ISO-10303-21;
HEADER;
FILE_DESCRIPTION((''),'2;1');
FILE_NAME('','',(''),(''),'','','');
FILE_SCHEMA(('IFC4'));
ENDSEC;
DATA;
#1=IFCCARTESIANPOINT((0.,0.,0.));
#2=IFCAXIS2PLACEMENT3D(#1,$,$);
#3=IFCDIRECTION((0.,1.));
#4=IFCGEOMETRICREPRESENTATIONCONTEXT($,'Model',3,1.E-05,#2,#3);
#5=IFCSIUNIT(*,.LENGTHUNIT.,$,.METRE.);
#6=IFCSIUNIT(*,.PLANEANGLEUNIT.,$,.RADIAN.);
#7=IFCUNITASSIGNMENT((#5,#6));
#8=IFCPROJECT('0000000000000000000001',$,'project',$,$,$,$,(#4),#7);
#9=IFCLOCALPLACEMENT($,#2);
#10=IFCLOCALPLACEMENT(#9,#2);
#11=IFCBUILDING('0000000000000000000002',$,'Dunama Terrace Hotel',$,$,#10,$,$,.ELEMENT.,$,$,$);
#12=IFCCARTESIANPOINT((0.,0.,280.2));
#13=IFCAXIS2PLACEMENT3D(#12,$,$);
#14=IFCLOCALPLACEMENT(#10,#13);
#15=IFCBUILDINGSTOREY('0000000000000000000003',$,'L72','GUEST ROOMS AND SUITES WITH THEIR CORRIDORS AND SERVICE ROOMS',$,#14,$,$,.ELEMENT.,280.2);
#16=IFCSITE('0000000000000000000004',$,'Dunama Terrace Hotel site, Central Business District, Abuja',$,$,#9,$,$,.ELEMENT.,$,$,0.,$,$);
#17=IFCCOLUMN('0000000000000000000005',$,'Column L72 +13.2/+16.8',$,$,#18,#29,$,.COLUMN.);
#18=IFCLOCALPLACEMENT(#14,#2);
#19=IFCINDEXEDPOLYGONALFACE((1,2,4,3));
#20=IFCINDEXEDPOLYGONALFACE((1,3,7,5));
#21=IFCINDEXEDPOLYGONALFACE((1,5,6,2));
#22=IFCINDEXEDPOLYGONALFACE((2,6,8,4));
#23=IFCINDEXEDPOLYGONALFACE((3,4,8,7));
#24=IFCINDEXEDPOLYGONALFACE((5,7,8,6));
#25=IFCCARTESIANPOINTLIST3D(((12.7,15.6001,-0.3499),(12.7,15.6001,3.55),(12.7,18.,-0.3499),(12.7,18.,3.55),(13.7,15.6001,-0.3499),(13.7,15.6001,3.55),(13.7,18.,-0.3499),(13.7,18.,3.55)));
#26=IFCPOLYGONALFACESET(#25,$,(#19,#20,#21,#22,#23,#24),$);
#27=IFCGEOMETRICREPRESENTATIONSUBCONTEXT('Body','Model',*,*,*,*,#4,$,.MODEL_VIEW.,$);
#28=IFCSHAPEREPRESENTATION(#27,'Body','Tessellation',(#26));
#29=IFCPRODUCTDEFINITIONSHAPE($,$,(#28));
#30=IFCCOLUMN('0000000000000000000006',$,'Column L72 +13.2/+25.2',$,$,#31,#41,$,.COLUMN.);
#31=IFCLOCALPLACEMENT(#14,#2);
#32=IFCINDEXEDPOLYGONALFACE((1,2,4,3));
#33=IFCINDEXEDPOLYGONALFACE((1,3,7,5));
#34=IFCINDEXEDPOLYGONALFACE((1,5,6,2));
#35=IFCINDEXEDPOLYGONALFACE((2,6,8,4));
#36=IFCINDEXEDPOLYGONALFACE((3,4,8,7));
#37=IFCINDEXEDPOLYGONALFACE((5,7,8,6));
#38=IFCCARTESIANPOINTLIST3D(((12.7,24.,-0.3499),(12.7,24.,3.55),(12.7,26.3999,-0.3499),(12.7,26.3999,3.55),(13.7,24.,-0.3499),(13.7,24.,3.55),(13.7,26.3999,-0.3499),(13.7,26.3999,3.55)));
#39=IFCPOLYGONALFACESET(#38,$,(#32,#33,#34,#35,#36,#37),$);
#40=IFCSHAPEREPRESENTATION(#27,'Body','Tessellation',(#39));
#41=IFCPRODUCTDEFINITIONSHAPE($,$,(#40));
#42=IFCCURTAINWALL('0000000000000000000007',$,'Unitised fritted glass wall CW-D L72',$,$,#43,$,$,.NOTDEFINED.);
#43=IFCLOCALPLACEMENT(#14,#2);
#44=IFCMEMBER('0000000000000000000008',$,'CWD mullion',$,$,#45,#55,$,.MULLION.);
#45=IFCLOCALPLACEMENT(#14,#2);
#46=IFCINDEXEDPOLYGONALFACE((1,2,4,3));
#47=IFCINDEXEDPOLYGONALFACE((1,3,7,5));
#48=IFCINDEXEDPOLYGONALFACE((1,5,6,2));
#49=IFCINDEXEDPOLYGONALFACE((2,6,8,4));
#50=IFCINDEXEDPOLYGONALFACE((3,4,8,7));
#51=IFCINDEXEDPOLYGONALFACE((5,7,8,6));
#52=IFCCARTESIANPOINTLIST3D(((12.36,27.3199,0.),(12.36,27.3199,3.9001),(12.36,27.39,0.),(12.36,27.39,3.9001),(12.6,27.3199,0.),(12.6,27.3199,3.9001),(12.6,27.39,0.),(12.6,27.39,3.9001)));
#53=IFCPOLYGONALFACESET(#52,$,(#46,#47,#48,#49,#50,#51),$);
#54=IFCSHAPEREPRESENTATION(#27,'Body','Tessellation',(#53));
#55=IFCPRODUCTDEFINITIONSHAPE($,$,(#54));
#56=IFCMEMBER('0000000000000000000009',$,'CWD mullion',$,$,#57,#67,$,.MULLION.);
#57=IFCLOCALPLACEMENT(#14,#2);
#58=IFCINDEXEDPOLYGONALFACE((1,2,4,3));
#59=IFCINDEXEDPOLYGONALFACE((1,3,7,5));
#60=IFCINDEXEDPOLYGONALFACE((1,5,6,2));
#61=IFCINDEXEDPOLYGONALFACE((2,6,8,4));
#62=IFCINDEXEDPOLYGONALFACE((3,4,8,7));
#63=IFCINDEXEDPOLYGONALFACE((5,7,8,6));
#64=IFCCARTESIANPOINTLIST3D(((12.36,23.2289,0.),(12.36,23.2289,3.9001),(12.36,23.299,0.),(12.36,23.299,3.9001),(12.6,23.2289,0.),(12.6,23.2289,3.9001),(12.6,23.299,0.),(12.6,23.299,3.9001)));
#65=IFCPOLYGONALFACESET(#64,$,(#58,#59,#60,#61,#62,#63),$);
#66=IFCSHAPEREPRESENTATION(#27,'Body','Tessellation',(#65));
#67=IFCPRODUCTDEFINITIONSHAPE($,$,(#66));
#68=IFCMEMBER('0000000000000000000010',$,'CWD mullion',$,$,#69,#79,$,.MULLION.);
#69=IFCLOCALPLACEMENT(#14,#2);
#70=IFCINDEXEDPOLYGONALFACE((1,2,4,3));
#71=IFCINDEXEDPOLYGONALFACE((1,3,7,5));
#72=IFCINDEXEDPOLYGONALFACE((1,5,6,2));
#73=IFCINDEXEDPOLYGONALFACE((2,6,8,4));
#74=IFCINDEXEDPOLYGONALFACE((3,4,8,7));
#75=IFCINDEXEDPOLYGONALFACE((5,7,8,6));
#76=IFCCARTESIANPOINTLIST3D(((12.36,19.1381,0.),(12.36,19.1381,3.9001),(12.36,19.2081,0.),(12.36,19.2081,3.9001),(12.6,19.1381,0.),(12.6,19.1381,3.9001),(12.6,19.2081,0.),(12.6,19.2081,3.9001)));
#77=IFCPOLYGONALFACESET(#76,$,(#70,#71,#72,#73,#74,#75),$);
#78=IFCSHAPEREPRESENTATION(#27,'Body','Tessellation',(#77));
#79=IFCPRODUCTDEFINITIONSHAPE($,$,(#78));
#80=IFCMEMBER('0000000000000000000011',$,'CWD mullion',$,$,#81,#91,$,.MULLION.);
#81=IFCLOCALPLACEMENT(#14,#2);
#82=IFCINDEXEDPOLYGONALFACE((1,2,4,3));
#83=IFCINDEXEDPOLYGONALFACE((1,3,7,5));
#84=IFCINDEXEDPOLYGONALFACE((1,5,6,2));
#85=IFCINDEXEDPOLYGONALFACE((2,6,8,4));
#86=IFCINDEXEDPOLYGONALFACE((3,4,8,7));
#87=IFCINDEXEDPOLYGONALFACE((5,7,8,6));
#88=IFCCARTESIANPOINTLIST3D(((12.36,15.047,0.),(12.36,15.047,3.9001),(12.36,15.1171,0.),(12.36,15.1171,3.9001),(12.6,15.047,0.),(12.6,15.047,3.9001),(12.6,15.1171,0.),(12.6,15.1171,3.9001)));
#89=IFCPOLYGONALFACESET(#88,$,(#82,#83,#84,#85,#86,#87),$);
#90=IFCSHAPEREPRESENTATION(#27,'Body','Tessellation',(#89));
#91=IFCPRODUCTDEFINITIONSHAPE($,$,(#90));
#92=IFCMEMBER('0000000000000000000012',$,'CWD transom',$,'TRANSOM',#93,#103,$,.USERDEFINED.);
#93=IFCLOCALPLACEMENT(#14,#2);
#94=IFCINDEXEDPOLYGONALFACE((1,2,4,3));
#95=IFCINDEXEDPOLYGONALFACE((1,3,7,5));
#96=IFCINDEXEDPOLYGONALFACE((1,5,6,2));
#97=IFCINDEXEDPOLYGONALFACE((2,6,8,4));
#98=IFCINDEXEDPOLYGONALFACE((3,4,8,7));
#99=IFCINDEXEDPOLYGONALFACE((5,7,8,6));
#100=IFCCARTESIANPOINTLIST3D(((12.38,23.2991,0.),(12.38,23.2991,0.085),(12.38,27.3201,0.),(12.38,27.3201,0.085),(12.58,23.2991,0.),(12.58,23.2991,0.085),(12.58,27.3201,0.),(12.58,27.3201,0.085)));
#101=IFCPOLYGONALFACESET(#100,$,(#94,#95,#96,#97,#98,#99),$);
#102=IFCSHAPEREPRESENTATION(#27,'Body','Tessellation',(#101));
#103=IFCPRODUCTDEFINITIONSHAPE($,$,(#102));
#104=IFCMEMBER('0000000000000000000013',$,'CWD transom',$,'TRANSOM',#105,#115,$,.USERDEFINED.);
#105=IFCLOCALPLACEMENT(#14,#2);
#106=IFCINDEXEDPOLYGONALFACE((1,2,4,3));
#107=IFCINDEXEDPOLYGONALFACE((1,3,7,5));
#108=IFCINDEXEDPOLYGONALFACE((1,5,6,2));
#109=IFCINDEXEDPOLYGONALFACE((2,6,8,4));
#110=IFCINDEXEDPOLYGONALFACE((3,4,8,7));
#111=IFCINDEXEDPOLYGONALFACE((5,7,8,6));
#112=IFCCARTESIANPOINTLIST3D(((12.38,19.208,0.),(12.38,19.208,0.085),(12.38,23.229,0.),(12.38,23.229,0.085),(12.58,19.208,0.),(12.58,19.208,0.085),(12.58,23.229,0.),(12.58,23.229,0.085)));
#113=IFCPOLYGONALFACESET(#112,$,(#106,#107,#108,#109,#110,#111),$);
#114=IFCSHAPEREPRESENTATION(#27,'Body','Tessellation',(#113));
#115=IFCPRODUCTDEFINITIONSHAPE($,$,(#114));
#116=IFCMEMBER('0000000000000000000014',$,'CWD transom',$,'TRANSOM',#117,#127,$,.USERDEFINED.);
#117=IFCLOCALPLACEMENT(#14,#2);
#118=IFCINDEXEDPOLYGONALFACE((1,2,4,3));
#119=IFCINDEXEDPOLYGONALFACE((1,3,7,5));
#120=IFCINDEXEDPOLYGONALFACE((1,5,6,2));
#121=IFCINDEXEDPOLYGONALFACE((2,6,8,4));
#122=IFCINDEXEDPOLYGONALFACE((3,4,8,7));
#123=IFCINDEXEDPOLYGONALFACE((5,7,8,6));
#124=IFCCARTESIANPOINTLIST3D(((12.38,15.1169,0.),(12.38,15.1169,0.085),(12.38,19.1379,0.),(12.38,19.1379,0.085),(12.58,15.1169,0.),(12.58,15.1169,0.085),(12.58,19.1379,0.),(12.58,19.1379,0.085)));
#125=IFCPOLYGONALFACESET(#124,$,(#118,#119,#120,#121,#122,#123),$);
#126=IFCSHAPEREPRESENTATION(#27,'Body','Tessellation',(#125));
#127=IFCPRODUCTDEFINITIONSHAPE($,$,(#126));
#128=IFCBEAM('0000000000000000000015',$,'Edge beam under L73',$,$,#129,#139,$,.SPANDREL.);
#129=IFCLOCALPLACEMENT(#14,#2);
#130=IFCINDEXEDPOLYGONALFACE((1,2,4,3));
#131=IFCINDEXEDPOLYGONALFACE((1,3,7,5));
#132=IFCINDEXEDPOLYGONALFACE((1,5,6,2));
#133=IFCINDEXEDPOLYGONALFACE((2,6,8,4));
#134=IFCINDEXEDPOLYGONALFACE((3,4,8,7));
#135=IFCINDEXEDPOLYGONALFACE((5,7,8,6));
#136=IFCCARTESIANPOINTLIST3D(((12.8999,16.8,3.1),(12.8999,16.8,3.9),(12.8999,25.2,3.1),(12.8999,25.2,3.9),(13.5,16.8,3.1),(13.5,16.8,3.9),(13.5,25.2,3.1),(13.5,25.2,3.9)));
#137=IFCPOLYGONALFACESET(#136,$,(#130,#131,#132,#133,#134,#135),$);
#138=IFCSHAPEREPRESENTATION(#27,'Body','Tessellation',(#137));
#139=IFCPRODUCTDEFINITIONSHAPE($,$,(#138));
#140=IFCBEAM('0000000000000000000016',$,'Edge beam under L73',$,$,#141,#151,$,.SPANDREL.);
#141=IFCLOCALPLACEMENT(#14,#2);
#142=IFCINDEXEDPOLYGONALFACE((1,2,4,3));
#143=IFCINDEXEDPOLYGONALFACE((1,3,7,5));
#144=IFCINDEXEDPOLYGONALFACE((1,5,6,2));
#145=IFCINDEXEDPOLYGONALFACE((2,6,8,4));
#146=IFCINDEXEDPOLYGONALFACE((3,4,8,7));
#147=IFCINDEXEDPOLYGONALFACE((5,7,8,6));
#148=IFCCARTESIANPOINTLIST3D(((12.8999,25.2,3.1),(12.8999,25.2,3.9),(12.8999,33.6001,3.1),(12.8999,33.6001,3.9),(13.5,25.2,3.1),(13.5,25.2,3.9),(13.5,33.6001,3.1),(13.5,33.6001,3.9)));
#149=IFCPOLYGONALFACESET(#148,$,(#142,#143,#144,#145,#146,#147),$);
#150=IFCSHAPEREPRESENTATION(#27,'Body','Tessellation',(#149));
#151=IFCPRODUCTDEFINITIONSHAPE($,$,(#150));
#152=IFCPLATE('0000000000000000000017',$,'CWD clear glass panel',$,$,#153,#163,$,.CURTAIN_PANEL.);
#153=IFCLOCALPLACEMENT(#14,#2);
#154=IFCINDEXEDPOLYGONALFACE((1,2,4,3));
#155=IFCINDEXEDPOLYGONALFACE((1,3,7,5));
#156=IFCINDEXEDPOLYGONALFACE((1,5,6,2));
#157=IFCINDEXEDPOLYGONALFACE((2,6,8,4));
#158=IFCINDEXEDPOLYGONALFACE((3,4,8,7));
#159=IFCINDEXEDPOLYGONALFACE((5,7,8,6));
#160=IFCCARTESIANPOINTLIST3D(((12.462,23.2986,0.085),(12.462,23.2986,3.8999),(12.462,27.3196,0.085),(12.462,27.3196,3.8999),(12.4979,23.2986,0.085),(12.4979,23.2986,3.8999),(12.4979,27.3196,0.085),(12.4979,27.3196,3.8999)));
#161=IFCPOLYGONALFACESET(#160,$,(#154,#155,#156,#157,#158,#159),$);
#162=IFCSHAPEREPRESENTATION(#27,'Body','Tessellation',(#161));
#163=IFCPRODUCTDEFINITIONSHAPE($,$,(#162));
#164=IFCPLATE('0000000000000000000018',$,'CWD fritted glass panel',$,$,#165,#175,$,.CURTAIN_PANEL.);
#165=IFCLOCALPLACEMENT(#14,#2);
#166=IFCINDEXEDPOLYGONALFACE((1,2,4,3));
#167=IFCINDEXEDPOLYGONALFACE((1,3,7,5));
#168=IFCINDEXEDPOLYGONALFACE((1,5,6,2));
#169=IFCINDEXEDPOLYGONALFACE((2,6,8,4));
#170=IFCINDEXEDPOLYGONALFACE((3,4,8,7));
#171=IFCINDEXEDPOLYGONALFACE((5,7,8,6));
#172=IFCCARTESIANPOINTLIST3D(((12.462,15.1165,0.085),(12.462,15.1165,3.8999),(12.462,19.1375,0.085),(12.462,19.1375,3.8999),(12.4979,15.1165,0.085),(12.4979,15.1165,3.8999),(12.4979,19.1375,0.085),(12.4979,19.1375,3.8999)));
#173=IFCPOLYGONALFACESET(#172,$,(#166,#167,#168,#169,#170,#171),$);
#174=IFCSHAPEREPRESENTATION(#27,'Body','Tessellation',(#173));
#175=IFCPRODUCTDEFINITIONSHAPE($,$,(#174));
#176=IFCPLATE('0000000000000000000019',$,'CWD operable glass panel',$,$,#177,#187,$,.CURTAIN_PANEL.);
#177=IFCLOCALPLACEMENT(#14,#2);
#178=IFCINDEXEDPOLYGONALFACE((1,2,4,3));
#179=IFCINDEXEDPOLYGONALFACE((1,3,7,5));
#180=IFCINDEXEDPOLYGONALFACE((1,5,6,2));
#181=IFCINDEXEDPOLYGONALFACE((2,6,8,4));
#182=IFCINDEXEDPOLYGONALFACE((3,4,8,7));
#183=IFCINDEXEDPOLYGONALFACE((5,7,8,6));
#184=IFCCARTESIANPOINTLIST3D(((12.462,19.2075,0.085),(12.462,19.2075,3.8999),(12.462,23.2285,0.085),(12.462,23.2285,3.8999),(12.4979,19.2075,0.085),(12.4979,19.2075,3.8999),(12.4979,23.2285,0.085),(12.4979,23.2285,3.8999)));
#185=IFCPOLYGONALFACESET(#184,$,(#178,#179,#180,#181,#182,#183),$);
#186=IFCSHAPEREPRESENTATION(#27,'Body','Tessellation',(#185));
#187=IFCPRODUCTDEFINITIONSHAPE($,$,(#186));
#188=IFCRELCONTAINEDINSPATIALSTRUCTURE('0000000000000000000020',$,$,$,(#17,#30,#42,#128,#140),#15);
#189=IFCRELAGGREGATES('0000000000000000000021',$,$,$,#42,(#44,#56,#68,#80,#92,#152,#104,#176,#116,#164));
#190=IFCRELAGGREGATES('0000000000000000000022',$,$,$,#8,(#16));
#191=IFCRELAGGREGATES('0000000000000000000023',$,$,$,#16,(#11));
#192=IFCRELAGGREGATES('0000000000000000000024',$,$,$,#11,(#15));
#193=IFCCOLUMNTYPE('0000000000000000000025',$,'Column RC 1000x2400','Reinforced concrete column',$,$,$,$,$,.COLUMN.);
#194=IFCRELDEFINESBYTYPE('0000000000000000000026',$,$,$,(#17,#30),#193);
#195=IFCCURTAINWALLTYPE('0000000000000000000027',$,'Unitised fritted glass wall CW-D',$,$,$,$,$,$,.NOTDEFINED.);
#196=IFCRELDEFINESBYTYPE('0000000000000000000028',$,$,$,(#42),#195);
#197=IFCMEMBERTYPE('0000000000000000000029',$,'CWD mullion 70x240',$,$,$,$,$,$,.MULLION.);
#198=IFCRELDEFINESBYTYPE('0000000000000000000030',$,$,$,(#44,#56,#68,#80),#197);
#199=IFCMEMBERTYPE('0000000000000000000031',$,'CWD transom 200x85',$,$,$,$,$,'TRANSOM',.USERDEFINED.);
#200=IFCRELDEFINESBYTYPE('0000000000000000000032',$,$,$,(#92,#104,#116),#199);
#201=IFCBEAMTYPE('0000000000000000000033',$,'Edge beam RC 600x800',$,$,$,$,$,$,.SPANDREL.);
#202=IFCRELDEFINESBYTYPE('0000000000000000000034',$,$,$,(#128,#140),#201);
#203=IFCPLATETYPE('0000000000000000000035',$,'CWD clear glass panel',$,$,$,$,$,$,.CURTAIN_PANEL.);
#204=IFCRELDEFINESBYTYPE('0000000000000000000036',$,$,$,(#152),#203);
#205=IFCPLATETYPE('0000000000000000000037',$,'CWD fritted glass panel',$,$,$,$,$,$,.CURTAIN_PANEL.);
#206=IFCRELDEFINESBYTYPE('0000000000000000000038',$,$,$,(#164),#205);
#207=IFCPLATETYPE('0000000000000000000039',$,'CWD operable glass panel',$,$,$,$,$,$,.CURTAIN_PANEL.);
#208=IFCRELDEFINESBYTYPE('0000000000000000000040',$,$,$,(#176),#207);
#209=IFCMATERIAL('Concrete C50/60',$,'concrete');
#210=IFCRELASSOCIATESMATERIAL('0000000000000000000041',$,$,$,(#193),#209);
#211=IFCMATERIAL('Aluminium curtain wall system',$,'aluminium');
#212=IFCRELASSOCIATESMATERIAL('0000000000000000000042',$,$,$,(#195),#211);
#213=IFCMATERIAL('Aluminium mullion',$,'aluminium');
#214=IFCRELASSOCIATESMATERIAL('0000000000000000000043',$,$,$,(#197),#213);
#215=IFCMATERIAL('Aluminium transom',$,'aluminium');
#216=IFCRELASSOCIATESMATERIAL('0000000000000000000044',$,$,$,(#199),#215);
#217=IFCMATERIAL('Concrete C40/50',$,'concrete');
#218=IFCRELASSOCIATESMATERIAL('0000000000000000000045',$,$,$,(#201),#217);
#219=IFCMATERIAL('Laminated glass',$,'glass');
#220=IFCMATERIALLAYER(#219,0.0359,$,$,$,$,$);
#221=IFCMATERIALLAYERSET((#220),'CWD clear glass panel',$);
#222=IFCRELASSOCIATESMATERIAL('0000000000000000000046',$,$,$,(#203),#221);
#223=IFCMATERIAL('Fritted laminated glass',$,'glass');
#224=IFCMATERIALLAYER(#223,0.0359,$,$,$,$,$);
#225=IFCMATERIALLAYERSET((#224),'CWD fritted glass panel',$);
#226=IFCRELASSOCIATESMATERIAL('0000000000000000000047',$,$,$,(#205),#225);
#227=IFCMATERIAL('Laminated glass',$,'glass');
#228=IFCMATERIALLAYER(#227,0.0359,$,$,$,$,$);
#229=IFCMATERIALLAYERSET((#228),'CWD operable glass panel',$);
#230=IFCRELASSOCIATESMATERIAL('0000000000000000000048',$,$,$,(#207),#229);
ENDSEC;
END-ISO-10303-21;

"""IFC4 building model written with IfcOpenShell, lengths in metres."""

from ifc_helpers import new_model, si_unit, direction, frame, origin, origin_2d, place, context, subcontext, project, spatial, rectangle, extrude, material, layer, layer_set, material_profile, profile_set, type_object, element, aggregate, save


model = new_model("IFC4")

# Units and contexts
model_context = context("Model", 3, precision=1e-05, world=origin(), true_north=direction((0.0, 1.0)))
body_context = subcontext(model_context, "Body", "Model", "MODEL_VIEW")
ifc_project = project(units=[si_unit("LENGTHUNIT", "METRE"), si_unit("PLANEANGLEUNIT", "RADIAN")], contexts=[model_context])

# Site, building, storey
site_placement = place(None, origin())
site = spatial("IfcSite", under=ifc_project, at=site_placement, Name="Dunama Terrace Hotel site, Central Business District, Abuja", CompositionType="ELEMENT", RefElevation=0.0)
building_placement = place(site_placement, origin())
building = spatial("IfcBuilding", under=site, at=building_placement, Name="Dunama Terrace Hotel", CompositionType="ELEMENT")
storey_placement = place(building_placement, frame((0.0, 0.0, 280.2)))
storey = spatial("IfcBuildingStorey", under=building, at=storey_placement, Name="L72", Description="GUEST ROOMS AND SUITES WITH THEIR CORRIDORS AND SERVICE ROOMS", CompositionType="ELEMENT", Elevation=280.2)

# Columns
ifc_material_1 = material(Name="Concrete C50/60", Category="concrete")
ifc_material_profile_1 = material_profile(ifc_material_1, rectangle(XDim=1.0, YDim=2.3999, at=origin_2d()), Name="RC 1000x2400")
ifc_profile_set_1 = profile_set([ifc_material_profile_1], Name="Concrete C50/60")
column_type = type_object("IfcColumnType", Name="Column RC 1000x2400", Description="Reinforced concrete column", PredefinedType="COLUMN", material=ifc_profile_set_1)
for number, where, z_axis, x_axis, name in (
    (1, (13.2, 16.8, -0.3499), (0.0, 0.0, 1.0), (1.0, 0.0, 0.0), "Column L72 +13.2/+16.8"),
    (2, (13.2, 25.2, -0.3499), (0.0, 0.0, 1.0), (1.0, 0.0, 0.0), "Column L72 +13.2/+25.2"),
):
    element("IfcColumn", number, at=place(storey_placement, frame(where, z_axis=z_axis, x_axis=x_axis)), inside=storey, type_object=column_type, Name=name, PredefinedType="COLUMN", context=body_context, shape_type="SweptSolid", body=[
        extrude(rectangle(XDim=1.0, YDim=2.3999, at=origin_2d()), origin(), (0.0, 0.0, 1.0), 3.8999),
    ])

# Curtain wall, members
ifc_material_2 = material(Name="Aluminium curtain wall system", Category="aluminium")
curtain_wall_type = type_object("IfcCurtainWallType", Name="Unitised fritted glass wall CW-D", PredefinedType="NOTDEFINED", material=ifc_material_2)
curtain_wall_placement = place(storey_placement, origin())
curtain_wall = element("IfcCurtainWall", 3, at=curtain_wall_placement, inside=storey, type_object=curtain_wall_type, Name="Unitised fritted glass wall CW-D L72", PredefinedType="NOTDEFINED")
ifc_material_3 = material(Name="Aluminium mullion", Category="aluminium")
ifc_material_profile_2 = material_profile(ifc_material_3, rectangle(XDim=0.0701, YDim=0.24, at=origin_2d()), Name="CWD MULLION 70X240")
ifc_profile_set_2 = profile_set([ifc_material_profile_2], Name="Aluminium mullion")
member_type_1 = type_object("IfcMemberType", Name="CWD mullion 70x240", PredefinedType="MULLION", material=ifc_profile_set_2)
member_1_placement = place(storey_placement, frame((12.48, 27.355, 0.0), z_axis=(0.0, 0.0, 1.0), x_axis=(0.0, -1.0, 0.0)))
member_1 = element("IfcMember", 4, at=member_1_placement, type_object=member_type_1, Name="CWD mullion", PredefinedType="MULLION", context=body_context, shape_type="SweptSolid", body=[
    extrude(rectangle(XDim=0.0701, YDim=0.24, at=origin_2d()), origin(), (0.0, 0.0, 1.0), 3.9001),
])
member_2_placement = place(storey_placement, frame((12.48, 23.2639, 0.0), z_axis=(0.0, 0.0, 1.0), x_axis=(0.0, -1.0, 0.0)))
member_2 = element("IfcMember", 5, at=member_2_placement, type_object=member_type_1, Name="CWD mullion", PredefinedType="MULLION", context=body_context, shape_type="SweptSolid", body=[
    extrude(rectangle(XDim=0.0701, YDim=0.24, at=origin_2d()), origin(), (0.0, 0.0, 1.0), 3.9001),
])
member_3_placement = place(storey_placement, frame((12.48, 19.1731, 0.0), z_axis=(0.0, 0.0, 1.0), x_axis=(0.0, -1.0, 0.0)))
member_3 = element("IfcMember", 6, at=member_3_placement, type_object=member_type_1, Name="CWD mullion", PredefinedType="MULLION", context=body_context, shape_type="SweptSolid", body=[
    extrude(rectangle(XDim=0.0701, YDim=0.24, at=origin_2d()), origin(), (0.0, 0.0, 1.0), 3.9001),
])
member_4_placement = place(storey_placement, frame((12.48, 15.082, 0.0), z_axis=(0.0, 0.0, 1.0), x_axis=(0.0, -1.0, 0.0)))
member_4 = element("IfcMember", 7, at=member_4_placement, type_object=member_type_1, Name="CWD mullion", PredefinedType="MULLION", context=body_context, shape_type="SweptSolid", body=[
    extrude(rectangle(XDim=0.0701, YDim=0.24, at=origin_2d()), origin(), (0.0, 0.0, 1.0), 3.9001),
])
ifc_material_4 = material(Name="Aluminium transom", Category="aluminium")
ifc_material_profile_3 = material_profile(ifc_material_4, rectangle(XDim=0.2, YDim=0.085, at=origin_2d()), Name="CWD TRANSOM 200X85")
ifc_profile_set_3 = profile_set([ifc_material_profile_3], Name="Aluminium transom")
member_type_2 = type_object("IfcMemberType", Name="CWD transom 200x85", ElementType="TRANSOM", PredefinedType="USERDEFINED", material=ifc_profile_set_3)
member_5_placement = place(storey_placement, frame((12.48, 27.3201, 0.0425), z_axis=(0.0, -1.0, 0.0), x_axis=(1.0, 0.0, 0.0)))
member_5 = element("IfcMember", 8, at=member_5_placement, type_object=member_type_2, Name="CWD transom", ObjectType="TRANSOM", PredefinedType="USERDEFINED", context=body_context, shape_type="SweptSolid", body=[
    extrude(rectangle(XDim=0.2, YDim=0.085, at=origin_2d()), origin(), (0.0, 0.0, 1.0), 4.021),
])
member_6_placement = place(storey_placement, frame((12.48, 23.229, 0.0425), z_axis=(0.0, -1.0, 0.0), x_axis=(1.0, 0.0, 0.0)))
member_6 = element("IfcMember", 9, at=member_6_placement, type_object=member_type_2, Name="CWD transom", ObjectType="TRANSOM", PredefinedType="USERDEFINED", context=body_context, shape_type="SweptSolid", body=[
    extrude(rectangle(XDim=0.2, YDim=0.085, at=origin_2d()), origin(), (0.0, 0.0, 1.0), 4.021),
])
member_7_placement = place(storey_placement, frame((12.48, 19.1379, 0.0425), z_axis=(0.0, -1.0, 0.0), x_axis=(1.0, 0.0, 0.0)))
member_7 = element("IfcMember", 10, at=member_7_placement, type_object=member_type_2, Name="CWD transom", ObjectType="TRANSOM", PredefinedType="USERDEFINED", context=body_context, shape_type="SweptSolid", body=[
    extrude(rectangle(XDim=0.2, YDim=0.085, at=origin_2d()), origin(), (0.0, 0.0, 1.0), 4.021),
])

# Beams
ifc_material_5 = material(Name="Concrete C40/50", Category="concrete")
ifc_material_profile_4 = material_profile(ifc_material_5, rectangle(XDim=0.6001, YDim=0.8, at=origin_2d()), Name="RC 600x800")
ifc_profile_set_4 = profile_set([ifc_material_profile_4], Name="Concrete C40/50")
beam_type = type_object("IfcBeamType", Name="Edge beam RC 600x800", PredefinedType="SPANDREL", material=ifc_profile_set_4)
beam_1_placement = place(storey_placement, frame((13.2, 16.8, 3.5), z_axis=(0.0, 1.0, 0.0), x_axis=(-1.0, 0.0, 0.0)))
element("IfcBeam", 11, at=beam_1_placement, inside=storey, type_object=beam_type, Name="Edge beam under L73", PredefinedType="SPANDREL", context=body_context, shape_type="SweptSolid", body=[
    extrude(rectangle(XDim=0.6001, YDim=0.8, at=origin_2d()), origin(), (0.0, 0.0, 1.0), 8.3999),
])
beam_2_placement = place(storey_placement, frame((13.2, 25.2, 3.5), z_axis=(0.0, 1.0, 0.0), x_axis=(-1.0, 0.0, 0.0)))
element("IfcBeam", 12, at=beam_2_placement, inside=storey, type_object=beam_type, Name="Edge beam under L73", PredefinedType="SPANDREL", context=body_context, shape_type="SweptSolid", body=[
    extrude(rectangle(XDim=0.6001, YDim=0.8, at=origin_2d()), origin(), (0.0, 0.0, 1.0), 8.4001),
])

# Plates
ifc_material_6 = material(Name="Laminated glass", Category="glass")
ifc_layer_1 = layer(ifc_material_6, 0.0359)
ifc_layer_set_1 = layer_set([ifc_layer_1], Name="CWD clear glass panel")
plate_type_1 = type_object("IfcPlateType", Name="CWD clear glass panel", PredefinedType="CURTAIN_PANEL", material=ifc_layer_set_1)
plate_1_placement = place(storey_placement, frame((12.48, 25.3091, 0.085), z_axis=(0.0, 0.0, 1.0), x_axis=(0.0, -1.0, 0.0)))
plate_1 = element("IfcPlate", 13, at=plate_1_placement, type_object=plate_type_1, Name="CWD clear glass panel", PredefinedType="CURTAIN_PANEL", context=body_context, shape_type="SweptSolid", body=[
    extrude(rectangle(XDim=4.021, YDim=0.0359, at=origin_2d()), origin(), (0.0, 0.0, 1.0), 3.8149),
])
ifc_material_7 = material(Name="Fritted laminated glass", Category="glass")
ifc_layer_2 = layer(ifc_material_7, 0.0359)
ifc_layer_set_2 = layer_set([ifc_layer_2], Name="CWD fritted glass panel")
plate_type_2 = type_object("IfcPlateType", Name="CWD fritted glass panel", PredefinedType="CURTAIN_PANEL", material=ifc_layer_set_2)
plate_2_placement = place(storey_placement, frame((12.48, 17.127, 0.085), z_axis=(0.0, 0.0, 1.0), x_axis=(0.0, -1.0, 0.0)))
plate_2 = element("IfcPlate", 14, at=plate_2_placement, type_object=plate_type_2, Name="CWD fritted glass panel", PredefinedType="CURTAIN_PANEL", context=body_context, shape_type="SweptSolid", body=[
    extrude(rectangle(XDim=4.021, YDim=0.0359, at=origin_2d()), origin(), (0.0, 0.0, 1.0), 3.8149),
])
ifc_material_8 = material(Name="Laminated glass", Category="glass")
ifc_layer_3 = layer(ifc_material_8, 0.0359)
ifc_layer_set_3 = layer_set([ifc_layer_3], Name="CWD operable glass panel")
plate_type_3 = type_object("IfcPlateType", Name="CWD operable glass panel", PredefinedType="CURTAIN_PANEL", material=ifc_layer_set_3)
plate_3_placement = place(storey_placement, frame((12.48, 21.218, 0.085), z_axis=(0.0, 0.0, 1.0), x_axis=(0.0, -1.0, 0.0)))
plate_3 = element("IfcPlate", 15, at=plate_3_placement, type_object=plate_type_3, Name="CWD operable glass panel", PredefinedType="CURTAIN_PANEL", context=body_context, shape_type="SweptSolid", body=[
    extrude(rectangle(XDim=4.021, YDim=0.0359, at=origin_2d()), origin(), (0.0, 0.0, 1.0), 3.8149),
])
aggregate(curtain_wall, [member_1, member_2, member_3, member_4, member_5, plate_1, member_6, plate_3, member_7, plate_2])

save(model, "model.ifc")
